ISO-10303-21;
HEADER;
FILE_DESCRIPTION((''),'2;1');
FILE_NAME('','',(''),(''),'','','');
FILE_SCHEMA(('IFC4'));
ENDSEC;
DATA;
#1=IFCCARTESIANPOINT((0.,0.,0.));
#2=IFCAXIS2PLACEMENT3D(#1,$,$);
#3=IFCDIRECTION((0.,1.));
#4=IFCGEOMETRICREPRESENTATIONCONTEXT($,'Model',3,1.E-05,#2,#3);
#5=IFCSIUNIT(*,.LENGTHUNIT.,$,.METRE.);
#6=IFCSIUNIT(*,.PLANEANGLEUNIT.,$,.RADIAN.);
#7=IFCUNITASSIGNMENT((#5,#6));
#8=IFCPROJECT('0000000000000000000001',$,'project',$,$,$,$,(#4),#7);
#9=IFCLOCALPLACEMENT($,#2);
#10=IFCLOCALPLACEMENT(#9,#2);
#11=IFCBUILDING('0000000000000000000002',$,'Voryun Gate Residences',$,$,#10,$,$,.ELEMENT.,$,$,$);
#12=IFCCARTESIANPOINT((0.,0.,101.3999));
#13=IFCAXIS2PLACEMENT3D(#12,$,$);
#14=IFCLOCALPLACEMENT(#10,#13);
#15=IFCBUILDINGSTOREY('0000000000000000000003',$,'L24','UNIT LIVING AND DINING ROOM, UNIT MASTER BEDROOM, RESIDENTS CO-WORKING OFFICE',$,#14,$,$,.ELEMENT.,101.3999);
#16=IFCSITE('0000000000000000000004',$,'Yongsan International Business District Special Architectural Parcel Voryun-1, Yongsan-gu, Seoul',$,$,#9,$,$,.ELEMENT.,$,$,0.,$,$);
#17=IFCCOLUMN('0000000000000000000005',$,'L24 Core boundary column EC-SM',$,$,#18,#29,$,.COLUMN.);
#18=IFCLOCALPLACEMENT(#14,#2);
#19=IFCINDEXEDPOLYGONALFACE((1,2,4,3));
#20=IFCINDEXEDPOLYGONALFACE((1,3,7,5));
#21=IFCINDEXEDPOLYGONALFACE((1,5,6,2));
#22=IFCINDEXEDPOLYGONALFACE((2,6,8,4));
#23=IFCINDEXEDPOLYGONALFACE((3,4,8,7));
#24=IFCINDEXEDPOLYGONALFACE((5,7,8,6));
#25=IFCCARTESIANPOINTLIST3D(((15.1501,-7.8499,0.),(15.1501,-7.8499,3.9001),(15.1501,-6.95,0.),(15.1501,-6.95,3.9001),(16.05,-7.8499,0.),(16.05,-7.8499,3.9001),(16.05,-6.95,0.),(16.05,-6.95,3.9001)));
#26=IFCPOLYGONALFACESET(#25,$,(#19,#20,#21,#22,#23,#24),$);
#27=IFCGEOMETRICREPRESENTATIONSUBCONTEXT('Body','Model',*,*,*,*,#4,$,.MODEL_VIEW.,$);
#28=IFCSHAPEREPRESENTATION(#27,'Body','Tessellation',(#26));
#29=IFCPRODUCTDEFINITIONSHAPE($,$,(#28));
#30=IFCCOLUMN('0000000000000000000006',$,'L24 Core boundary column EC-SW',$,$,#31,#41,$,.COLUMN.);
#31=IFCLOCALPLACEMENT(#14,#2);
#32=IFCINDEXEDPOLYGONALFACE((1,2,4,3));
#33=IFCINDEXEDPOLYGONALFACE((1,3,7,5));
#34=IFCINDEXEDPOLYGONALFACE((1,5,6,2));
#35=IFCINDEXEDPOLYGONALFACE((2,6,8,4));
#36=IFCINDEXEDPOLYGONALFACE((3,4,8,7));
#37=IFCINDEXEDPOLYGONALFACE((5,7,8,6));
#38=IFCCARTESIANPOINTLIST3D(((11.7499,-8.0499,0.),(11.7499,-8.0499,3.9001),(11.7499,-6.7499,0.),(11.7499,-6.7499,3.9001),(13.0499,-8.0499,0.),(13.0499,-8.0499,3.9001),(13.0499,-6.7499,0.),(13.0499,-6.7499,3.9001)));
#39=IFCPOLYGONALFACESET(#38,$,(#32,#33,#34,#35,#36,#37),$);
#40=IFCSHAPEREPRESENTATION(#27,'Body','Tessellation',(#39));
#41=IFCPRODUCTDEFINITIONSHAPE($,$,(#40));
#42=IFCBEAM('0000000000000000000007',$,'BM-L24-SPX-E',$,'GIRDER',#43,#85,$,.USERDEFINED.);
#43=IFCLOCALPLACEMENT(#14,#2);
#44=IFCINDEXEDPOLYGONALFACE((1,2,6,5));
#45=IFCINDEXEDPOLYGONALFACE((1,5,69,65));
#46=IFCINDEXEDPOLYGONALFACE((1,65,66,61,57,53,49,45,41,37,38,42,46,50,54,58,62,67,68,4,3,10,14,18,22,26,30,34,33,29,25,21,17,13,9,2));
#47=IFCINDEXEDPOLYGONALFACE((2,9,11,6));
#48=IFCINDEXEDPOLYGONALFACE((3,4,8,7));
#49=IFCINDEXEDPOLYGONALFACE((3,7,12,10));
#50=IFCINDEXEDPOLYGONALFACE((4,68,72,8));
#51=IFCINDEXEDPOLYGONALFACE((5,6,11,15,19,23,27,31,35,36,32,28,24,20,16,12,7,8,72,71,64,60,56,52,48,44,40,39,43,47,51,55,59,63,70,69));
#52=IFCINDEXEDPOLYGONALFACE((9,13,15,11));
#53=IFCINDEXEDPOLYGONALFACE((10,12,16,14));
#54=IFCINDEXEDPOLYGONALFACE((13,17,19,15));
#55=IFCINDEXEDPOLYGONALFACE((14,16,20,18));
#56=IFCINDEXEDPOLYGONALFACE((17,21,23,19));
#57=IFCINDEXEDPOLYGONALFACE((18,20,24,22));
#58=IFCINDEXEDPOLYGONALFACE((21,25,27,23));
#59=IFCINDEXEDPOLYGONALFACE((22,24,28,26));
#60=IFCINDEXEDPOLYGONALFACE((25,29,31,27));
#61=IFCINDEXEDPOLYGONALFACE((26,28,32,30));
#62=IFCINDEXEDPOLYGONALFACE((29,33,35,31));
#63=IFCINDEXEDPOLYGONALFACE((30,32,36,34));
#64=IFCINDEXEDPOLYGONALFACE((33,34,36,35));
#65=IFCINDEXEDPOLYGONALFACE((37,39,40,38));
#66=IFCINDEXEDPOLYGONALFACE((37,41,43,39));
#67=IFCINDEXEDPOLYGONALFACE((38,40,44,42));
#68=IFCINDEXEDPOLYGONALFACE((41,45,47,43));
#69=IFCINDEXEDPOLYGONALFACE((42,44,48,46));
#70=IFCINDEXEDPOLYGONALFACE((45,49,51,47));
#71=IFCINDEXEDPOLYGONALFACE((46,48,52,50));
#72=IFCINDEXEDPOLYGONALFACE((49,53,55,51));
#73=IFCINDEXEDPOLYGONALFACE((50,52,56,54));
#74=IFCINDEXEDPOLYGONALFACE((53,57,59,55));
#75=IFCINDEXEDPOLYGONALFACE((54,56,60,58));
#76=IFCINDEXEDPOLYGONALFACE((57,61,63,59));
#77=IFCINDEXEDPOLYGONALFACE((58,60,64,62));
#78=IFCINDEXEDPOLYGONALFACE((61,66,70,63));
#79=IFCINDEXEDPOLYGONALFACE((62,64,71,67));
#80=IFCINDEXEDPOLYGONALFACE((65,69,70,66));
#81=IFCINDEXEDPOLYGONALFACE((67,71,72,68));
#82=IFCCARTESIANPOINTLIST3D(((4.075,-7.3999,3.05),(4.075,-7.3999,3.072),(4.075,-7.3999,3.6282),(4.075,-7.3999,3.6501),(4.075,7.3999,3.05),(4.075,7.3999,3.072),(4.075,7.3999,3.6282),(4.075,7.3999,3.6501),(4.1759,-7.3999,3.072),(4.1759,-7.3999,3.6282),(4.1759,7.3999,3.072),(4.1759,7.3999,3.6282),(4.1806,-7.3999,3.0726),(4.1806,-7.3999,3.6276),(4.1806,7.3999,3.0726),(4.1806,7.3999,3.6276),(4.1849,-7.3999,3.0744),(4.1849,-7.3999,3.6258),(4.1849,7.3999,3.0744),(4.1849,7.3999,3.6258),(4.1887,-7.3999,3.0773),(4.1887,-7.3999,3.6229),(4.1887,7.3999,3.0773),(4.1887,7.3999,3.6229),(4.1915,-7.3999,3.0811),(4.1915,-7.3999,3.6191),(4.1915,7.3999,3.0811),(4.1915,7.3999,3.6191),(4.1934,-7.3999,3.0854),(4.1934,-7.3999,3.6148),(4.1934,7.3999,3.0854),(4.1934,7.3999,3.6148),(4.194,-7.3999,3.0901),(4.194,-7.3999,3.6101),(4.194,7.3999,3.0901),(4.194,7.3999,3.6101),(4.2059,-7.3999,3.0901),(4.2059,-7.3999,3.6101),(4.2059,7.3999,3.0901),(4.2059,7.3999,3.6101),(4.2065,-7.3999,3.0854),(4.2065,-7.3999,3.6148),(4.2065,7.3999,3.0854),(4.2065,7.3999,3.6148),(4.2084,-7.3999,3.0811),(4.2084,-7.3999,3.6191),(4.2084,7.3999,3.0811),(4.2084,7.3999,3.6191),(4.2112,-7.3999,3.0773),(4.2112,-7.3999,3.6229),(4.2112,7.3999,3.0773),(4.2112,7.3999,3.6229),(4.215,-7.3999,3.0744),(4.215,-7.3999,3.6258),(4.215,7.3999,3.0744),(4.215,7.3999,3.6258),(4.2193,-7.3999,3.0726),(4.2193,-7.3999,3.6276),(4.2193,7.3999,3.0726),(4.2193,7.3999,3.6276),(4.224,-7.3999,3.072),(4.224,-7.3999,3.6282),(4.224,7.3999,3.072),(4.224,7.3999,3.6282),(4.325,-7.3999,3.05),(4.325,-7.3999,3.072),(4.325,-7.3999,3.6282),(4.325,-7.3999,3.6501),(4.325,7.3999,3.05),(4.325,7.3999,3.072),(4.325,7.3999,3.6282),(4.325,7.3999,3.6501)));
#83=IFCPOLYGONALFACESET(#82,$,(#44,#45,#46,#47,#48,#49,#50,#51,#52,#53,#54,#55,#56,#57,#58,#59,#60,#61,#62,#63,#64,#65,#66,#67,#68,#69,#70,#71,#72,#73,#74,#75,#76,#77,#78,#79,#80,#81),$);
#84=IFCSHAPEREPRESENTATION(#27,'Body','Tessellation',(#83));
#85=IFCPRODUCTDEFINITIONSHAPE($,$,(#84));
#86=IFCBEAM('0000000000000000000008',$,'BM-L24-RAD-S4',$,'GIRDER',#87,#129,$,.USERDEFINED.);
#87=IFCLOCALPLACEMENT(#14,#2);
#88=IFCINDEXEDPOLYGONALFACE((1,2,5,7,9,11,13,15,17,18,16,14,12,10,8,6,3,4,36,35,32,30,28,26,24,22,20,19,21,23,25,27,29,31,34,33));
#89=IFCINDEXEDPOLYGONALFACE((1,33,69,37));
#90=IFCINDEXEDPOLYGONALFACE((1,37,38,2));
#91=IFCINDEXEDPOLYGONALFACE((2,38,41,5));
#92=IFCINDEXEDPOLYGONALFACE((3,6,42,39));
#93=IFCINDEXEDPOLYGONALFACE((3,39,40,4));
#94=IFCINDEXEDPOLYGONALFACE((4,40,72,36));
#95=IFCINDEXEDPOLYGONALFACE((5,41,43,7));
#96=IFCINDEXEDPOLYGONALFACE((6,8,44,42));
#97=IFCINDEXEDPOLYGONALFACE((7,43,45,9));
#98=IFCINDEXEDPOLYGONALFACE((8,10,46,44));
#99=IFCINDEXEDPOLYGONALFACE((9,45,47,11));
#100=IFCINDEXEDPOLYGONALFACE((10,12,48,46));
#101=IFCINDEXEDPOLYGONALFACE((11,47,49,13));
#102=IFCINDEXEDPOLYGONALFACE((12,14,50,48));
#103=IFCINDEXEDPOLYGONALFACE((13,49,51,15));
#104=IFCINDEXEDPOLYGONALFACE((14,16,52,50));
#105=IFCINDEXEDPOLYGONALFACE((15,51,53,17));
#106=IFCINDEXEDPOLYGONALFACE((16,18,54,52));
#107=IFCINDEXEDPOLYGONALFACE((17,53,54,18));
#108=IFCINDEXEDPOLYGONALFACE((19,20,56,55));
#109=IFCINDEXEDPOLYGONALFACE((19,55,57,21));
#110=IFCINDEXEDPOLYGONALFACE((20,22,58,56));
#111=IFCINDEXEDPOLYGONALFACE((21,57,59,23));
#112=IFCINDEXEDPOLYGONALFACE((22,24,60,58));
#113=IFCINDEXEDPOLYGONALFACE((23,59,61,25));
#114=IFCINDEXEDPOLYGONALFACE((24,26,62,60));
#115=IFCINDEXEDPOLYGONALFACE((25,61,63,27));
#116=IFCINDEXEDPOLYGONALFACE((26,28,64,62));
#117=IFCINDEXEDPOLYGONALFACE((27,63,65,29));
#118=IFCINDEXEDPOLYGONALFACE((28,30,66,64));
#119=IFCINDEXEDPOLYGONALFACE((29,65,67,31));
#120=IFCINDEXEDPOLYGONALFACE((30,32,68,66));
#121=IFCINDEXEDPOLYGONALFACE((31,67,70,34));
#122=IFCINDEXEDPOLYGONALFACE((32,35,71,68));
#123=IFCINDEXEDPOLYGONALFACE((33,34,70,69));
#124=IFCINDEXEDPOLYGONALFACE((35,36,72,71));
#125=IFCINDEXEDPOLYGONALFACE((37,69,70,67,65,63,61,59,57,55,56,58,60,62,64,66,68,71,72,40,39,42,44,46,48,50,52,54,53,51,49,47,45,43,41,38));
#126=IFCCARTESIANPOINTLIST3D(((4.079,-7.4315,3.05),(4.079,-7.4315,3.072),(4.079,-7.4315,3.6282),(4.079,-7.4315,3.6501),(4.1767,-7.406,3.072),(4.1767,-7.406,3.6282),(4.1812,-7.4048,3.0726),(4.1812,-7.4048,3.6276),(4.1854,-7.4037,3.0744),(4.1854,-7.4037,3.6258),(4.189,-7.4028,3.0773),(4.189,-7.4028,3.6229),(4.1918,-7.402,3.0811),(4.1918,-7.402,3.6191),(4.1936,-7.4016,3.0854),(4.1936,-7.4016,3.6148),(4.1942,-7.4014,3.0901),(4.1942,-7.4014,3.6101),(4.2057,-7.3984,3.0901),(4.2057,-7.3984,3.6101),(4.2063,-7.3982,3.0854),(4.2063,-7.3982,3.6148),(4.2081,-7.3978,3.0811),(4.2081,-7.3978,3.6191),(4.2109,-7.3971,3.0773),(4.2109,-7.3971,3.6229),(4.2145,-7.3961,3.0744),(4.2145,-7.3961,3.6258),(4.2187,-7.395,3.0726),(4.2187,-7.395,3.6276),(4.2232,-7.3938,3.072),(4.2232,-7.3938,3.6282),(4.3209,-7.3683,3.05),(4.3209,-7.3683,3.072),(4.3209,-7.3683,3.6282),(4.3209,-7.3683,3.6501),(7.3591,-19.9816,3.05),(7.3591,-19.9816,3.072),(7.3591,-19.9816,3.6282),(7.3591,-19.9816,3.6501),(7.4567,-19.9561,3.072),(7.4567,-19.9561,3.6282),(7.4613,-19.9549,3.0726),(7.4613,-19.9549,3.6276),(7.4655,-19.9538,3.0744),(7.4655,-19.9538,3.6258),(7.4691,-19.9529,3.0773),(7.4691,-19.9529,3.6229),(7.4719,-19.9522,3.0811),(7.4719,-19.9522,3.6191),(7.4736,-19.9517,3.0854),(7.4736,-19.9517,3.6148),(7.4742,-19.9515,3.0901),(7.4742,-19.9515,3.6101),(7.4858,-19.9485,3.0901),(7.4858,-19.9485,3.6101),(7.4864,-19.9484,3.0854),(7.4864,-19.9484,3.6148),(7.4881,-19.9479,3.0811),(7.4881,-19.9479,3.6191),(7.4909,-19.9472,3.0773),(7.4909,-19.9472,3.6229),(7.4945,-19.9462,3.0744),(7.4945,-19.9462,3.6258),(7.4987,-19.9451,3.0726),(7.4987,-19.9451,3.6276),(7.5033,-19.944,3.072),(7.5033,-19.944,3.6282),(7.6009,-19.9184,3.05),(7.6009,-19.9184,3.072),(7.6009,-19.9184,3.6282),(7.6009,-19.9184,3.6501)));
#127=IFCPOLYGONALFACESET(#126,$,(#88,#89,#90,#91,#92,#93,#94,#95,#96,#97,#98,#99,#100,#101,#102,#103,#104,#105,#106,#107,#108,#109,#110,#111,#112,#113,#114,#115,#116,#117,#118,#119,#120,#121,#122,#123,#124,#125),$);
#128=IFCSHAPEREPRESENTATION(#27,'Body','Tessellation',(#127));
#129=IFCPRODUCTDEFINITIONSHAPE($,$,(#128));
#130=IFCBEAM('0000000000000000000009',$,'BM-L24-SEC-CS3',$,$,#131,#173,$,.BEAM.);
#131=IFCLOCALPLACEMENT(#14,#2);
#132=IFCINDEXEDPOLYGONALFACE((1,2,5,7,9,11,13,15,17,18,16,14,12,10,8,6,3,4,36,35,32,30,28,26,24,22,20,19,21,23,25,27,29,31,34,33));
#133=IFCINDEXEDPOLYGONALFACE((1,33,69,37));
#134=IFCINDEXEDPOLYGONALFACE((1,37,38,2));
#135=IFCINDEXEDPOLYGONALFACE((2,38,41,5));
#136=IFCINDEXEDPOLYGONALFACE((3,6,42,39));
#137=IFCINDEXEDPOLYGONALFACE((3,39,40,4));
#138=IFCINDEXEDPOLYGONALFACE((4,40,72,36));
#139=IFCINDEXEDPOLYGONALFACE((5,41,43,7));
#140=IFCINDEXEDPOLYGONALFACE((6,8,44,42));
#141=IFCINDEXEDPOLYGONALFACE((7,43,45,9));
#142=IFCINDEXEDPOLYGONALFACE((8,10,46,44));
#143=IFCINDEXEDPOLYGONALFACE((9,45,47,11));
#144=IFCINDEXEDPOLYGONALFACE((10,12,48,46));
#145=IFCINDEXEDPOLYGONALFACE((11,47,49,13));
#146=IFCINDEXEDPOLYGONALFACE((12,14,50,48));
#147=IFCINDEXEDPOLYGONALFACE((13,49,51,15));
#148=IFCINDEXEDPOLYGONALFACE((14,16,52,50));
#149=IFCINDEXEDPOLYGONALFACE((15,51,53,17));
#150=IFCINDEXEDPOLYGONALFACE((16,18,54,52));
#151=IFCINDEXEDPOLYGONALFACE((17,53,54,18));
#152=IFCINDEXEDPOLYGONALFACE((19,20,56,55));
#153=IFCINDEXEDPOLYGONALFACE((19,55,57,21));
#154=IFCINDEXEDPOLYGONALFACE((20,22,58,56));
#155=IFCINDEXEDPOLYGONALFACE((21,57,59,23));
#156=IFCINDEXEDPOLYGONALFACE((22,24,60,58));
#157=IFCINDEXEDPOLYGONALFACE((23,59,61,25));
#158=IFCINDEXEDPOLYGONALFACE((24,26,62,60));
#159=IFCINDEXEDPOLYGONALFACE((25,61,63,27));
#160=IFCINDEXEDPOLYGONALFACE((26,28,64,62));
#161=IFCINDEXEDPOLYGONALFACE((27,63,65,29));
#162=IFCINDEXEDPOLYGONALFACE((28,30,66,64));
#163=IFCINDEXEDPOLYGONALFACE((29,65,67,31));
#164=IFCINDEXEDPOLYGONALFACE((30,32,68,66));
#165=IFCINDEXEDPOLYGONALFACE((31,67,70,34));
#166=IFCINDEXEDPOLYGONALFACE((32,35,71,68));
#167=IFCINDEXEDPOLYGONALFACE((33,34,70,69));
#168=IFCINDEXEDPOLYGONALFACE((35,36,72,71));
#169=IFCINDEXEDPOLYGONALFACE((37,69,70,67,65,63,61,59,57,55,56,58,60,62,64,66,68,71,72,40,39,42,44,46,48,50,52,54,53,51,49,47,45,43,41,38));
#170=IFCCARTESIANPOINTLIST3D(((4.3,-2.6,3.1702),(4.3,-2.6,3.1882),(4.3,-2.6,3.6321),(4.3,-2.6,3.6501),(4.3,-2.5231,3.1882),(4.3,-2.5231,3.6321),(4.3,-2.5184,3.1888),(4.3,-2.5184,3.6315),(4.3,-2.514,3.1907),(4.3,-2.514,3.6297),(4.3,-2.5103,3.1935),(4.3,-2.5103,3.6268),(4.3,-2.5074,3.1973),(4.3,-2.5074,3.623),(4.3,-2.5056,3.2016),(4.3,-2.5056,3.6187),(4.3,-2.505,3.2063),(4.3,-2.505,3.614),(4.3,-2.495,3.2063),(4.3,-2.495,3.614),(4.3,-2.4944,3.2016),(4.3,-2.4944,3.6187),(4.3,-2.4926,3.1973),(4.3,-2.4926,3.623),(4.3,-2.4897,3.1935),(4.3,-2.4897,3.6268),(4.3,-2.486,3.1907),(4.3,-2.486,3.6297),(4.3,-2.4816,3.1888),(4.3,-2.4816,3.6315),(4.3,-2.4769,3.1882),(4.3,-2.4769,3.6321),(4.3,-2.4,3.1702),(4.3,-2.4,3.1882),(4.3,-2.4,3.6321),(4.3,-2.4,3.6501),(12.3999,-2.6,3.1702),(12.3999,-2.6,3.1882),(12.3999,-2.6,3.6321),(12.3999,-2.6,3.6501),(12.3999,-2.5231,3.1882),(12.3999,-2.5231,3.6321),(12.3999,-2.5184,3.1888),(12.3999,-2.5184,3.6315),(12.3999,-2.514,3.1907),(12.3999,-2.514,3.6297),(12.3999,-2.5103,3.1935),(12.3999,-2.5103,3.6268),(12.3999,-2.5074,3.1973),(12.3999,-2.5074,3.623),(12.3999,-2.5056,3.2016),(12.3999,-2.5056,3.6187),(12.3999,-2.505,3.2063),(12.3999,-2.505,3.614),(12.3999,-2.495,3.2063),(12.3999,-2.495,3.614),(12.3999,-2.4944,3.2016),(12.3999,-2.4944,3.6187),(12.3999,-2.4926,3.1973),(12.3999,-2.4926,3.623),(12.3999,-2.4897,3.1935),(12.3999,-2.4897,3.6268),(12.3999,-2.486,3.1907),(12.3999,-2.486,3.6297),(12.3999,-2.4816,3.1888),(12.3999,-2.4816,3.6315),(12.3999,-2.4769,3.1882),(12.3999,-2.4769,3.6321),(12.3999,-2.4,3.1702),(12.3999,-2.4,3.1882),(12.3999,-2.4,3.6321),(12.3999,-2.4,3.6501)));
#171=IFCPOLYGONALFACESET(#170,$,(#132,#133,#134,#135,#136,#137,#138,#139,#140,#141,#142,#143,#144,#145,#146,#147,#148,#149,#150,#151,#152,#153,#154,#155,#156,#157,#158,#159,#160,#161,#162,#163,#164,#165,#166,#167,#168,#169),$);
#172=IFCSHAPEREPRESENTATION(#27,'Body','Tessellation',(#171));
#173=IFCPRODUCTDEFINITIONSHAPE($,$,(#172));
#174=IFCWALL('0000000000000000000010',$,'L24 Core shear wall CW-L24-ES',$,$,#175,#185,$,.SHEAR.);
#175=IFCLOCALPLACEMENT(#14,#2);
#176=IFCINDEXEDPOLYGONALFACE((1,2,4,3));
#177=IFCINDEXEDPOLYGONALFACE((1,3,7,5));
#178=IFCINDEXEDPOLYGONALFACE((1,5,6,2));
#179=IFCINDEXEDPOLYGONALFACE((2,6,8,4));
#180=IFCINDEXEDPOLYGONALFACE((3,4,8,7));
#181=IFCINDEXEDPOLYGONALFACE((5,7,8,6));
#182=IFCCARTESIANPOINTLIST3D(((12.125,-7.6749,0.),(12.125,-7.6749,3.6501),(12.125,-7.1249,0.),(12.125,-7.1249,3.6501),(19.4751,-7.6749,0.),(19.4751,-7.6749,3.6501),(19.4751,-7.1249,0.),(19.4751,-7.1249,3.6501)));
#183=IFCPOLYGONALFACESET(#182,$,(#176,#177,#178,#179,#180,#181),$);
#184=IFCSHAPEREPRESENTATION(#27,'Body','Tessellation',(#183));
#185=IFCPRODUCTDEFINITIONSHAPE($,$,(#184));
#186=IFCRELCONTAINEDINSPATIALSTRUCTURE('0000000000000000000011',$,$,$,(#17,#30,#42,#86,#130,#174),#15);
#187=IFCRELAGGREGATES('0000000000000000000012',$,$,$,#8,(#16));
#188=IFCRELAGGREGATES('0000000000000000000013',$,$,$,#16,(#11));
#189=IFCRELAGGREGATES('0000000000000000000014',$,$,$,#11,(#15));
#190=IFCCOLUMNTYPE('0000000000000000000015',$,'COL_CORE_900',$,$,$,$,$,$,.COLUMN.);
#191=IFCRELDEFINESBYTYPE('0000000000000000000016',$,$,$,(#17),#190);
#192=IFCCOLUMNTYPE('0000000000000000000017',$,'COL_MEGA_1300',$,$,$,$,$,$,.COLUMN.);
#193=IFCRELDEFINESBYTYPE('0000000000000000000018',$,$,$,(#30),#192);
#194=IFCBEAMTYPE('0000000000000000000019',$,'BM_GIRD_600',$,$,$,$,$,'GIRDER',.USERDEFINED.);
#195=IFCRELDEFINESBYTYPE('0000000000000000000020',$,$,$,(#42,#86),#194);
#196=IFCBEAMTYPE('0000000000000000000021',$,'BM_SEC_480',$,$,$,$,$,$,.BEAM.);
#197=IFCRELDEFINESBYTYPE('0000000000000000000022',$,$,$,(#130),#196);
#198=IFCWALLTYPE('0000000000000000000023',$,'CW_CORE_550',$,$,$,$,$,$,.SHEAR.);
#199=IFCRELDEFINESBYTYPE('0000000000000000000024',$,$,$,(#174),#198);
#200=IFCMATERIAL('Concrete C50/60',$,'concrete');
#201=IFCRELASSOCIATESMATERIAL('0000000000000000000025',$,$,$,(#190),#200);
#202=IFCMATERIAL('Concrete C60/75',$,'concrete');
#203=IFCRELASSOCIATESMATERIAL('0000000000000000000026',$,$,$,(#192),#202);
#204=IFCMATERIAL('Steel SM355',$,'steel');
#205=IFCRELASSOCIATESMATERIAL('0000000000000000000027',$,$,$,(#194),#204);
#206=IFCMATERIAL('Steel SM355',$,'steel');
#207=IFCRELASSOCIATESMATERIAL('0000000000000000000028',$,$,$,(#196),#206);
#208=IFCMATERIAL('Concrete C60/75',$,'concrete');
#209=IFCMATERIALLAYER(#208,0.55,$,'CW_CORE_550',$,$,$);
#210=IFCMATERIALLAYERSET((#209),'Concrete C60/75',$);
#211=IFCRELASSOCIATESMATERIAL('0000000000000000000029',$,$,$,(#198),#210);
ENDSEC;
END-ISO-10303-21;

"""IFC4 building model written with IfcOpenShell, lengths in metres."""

from ifc_helpers import new_model, si_unit, direction, frame, frame_2d, origin, origin_2d, place, context, subcontext, project, spatial, rectangle, i_section, extrude, material, layer, layer_set, material_profile, profile_set, type_object, element, save


model = new_model("IFC4")

# Units and contexts
model_context = context("Model", 3, precision=1e-05, world=origin(), true_north=direction((0.0, 1.0)))
body_context = subcontext(model_context, "Body", "Model", "MODEL_VIEW")
ifc_project = project(units=[si_unit("LENGTHUNIT", "METRE"), si_unit("PLANEANGLEUNIT", "RADIAN")], contexts=[model_context])

# Site, building, storey
site_placement = place(None, origin())
site = spatial("IfcSite", under=ifc_project, at=site_placement, Name="Yongsan International Business District Special Architectural Parcel Voryun-1, Yongsan-gu, Seoul", CompositionType="ELEMENT", RefElevation=0.0)
building_placement = place(site_placement, origin())
building = spatial("IfcBuilding", under=site, at=building_placement, Name="Voryun Gate Residences", CompositionType="ELEMENT")
storey_placement = place(building_placement, frame((0.0, 0.0, 101.3999)))
storey = spatial("IfcBuildingStorey", under=building, at=storey_placement, Name="L24", Description="UNIT LIVING AND DINING ROOM, UNIT MASTER BEDROOM, RESIDENTS CO-WORKING OFFICE", CompositionType="ELEMENT", Elevation=101.3999)

# Columns
ifc_material_1 = material(Name="Concrete C50/60", Category="concrete")
ifc_material_profile_1 = material_profile(ifc_material_1, rectangle(XDim=0.8999, YDim=0.8999, at=origin_2d()), Name="RC-900x900")
ifc_profile_set_1 = profile_set([ifc_material_profile_1], Name="Concrete C50/60")
column_type_1 = type_object("IfcColumnType", Name="COL_CORE_900", PredefinedType="COLUMN", material=ifc_profile_set_1)
column_1_placement = place(storey_placement, frame((15.6001, -7.3999, 0.0), z_axis=(0.0, 0.0, 1.0), x_axis=(1.0, 0.0, 0.0)))
element("IfcColumn", 1, at=column_1_placement, inside=storey, type_object=column_type_1, Name="L24 Core boundary column EC-SM", PredefinedType="COLUMN", context=body_context, shape_type="SweptSolid", body=[
    extrude(rectangle(XDim=0.8999, YDim=0.8999, at=origin_2d()), origin(), (0.0, 0.0, 1.0), 3.9001),
])
ifc_material_2 = material(Name="Concrete C60/75", Category="concrete")
ifc_material_profile_2 = material_profile(ifc_material_2, rectangle(XDim=1.3, YDim=1.3, at=origin_2d()), Name="RC-1300x1300")
ifc_profile_set_2 = profile_set([ifc_material_profile_2], Name="Concrete C60/75")
column_type_2 = type_object("IfcColumnType", Name="COL_MEGA_1300", PredefinedType="COLUMN", material=ifc_profile_set_2)
column_2_placement = place(storey_placement, frame((12.3999, -7.3999, 0.0), z_axis=(0.0, 0.0, 1.0), x_axis=(1.0, 0.0, 0.0)))
element("IfcColumn", 2, at=column_2_placement, inside=storey, type_object=column_type_2, Name="L24 Core boundary column EC-SW", PredefinedType="COLUMN", context=body_context, shape_type="SweptSolid", body=[
    extrude(rectangle(XDim=1.3, YDim=1.3, at=origin_2d()), origin(), (0.0, 0.0, 1.0), 3.9001),
])

# Beams
ifc_material_3 = material(Name="Steel SM355", Category="steel")
ifc_material_profile_3 = material_profile(ifc_material_3, i_section(OverallWidth=0.25, OverallDepth=0.6001, WebThickness=0.012, FlangeThickness=0.022, FilletRadius=0.0181, at=origin_2d()), Name="H-600x250x12x22")
ifc_profile_set_3 = profile_set([ifc_material_profile_3], Name="Steel SM355")
beam_type_1 = type_object("IfcBeamType", Name="BM_GIRD_600", ElementType="GIRDER", PredefinedType="USERDEFINED", material=ifc_profile_set_3)
beam_1_placement = place(storey_placement, frame((4.2, -7.3999, 3.3501), z_axis=(0.0, 1.0, 0.0), x_axis=(-1.0, 0.0, 0.0)))
element("IfcBeam", 3, at=beam_1_placement, inside=storey, type_object=beam_type_1, Name="BM-L24-SPX-E", ObjectType="GIRDER", PredefinedType="USERDEFINED", context=body_context, shape_type="SweptSolid", body=[
    extrude(i_section(OverallWidth=0.25, OverallDepth=0.6001, WebThickness=0.012, FlangeThickness=0.022, FilletRadius=0.0181, at=origin_2d()), origin(), (0.0, 0.0, 1.0), 14.7998),
])
beam_2_placement = place(storey_placement, frame((4.2, -7.3999, 3.3501), z_axis=(0.252862, -0.967502, 0.0), x_axis=(0.967502, 0.252862, 0.0)))
element("IfcBeam", 4, at=beam_2_placement, inside=storey, type_object=beam_type_1, Name="BM-L24-RAD-S4", ObjectType="GIRDER", PredefinedType="USERDEFINED", context=body_context, shape_type="SweptSolid", body=[
    extrude(i_section(OverallWidth=0.25, OverallDepth=0.6001, WebThickness=0.012, FlangeThickness=0.022, FilletRadius=0.0181, at=origin_2d()), origin(), (0.0, 0.0, 1.0), 12.9717),
])
ifc_material_4 = material(Name="Steel SM355", Category="steel")
ifc_material_profile_4 = material_profile(ifc_material_4, i_section(OverallWidth=0.2, OverallDepth=0.48, WebThickness=0.01, FlangeThickness=0.0181, FilletRadius=0.0181, at=origin_2d()), Name="H-480x200x10x18")
ifc_profile_set_4 = profile_set([ifc_material_profile_4], Name="Steel SM355")
beam_type_2 = type_object("IfcBeamType", Name="BM_SEC_480", PredefinedType="BEAM", material=ifc_profile_set_4)
beam_3_placement = place(storey_placement, frame((4.3, -2.5, 3.4102), z_axis=(1.0, 0.0, 0.0), x_axis=(0.0, 1.0, 0.0)))
element("IfcBeam", 5, at=beam_3_placement, inside=storey, type_object=beam_type_2, Name="BM-L24-SEC-CS3", PredefinedType="BEAM", context=body_context, shape_type="SweptSolid", body=[
    extrude(i_section(OverallWidth=0.2, OverallDepth=0.48, WebThickness=0.01, FlangeThickness=0.0181, FilletRadius=0.0181, at=origin_2d()), origin(), (0.0, 0.0, 1.0), 8.0999),
])

# Wall
ifc_material_5 = material(Name="Concrete C60/75", Category="concrete")
ifc_layer_1 = layer(ifc_material_5, 0.55, Name="CW_CORE_550")
ifc_layer_set_1 = layer_set([ifc_layer_1], Name="Concrete C60/75")
wall_type_1 = type_object("IfcWallType", Name="CW_CORE_550", PredefinedType="SHEAR", material=ifc_layer_set_1)
wall_1_placement = place(storey_placement, frame((12.125, -7.3999, 0.0), z_axis=(0.0, 0.0, 1.0), x_axis=(1.0, 0.0, 0.0)))
element("IfcWall", 6, at=wall_1_placement, inside=storey, type_object=wall_type_1, Name="L24 Core shear wall CW-L24-ES", PredefinedType="SHEAR", context=body_context, shape_type="SweptSolid", body=[
    extrude(rectangle(XDim=7.3501, YDim=0.55, at=frame_2d((3.675, 0.0))), origin(), (0.0, 0.0, 1.0), 3.6501),
])

save(model, "model.ifc")
